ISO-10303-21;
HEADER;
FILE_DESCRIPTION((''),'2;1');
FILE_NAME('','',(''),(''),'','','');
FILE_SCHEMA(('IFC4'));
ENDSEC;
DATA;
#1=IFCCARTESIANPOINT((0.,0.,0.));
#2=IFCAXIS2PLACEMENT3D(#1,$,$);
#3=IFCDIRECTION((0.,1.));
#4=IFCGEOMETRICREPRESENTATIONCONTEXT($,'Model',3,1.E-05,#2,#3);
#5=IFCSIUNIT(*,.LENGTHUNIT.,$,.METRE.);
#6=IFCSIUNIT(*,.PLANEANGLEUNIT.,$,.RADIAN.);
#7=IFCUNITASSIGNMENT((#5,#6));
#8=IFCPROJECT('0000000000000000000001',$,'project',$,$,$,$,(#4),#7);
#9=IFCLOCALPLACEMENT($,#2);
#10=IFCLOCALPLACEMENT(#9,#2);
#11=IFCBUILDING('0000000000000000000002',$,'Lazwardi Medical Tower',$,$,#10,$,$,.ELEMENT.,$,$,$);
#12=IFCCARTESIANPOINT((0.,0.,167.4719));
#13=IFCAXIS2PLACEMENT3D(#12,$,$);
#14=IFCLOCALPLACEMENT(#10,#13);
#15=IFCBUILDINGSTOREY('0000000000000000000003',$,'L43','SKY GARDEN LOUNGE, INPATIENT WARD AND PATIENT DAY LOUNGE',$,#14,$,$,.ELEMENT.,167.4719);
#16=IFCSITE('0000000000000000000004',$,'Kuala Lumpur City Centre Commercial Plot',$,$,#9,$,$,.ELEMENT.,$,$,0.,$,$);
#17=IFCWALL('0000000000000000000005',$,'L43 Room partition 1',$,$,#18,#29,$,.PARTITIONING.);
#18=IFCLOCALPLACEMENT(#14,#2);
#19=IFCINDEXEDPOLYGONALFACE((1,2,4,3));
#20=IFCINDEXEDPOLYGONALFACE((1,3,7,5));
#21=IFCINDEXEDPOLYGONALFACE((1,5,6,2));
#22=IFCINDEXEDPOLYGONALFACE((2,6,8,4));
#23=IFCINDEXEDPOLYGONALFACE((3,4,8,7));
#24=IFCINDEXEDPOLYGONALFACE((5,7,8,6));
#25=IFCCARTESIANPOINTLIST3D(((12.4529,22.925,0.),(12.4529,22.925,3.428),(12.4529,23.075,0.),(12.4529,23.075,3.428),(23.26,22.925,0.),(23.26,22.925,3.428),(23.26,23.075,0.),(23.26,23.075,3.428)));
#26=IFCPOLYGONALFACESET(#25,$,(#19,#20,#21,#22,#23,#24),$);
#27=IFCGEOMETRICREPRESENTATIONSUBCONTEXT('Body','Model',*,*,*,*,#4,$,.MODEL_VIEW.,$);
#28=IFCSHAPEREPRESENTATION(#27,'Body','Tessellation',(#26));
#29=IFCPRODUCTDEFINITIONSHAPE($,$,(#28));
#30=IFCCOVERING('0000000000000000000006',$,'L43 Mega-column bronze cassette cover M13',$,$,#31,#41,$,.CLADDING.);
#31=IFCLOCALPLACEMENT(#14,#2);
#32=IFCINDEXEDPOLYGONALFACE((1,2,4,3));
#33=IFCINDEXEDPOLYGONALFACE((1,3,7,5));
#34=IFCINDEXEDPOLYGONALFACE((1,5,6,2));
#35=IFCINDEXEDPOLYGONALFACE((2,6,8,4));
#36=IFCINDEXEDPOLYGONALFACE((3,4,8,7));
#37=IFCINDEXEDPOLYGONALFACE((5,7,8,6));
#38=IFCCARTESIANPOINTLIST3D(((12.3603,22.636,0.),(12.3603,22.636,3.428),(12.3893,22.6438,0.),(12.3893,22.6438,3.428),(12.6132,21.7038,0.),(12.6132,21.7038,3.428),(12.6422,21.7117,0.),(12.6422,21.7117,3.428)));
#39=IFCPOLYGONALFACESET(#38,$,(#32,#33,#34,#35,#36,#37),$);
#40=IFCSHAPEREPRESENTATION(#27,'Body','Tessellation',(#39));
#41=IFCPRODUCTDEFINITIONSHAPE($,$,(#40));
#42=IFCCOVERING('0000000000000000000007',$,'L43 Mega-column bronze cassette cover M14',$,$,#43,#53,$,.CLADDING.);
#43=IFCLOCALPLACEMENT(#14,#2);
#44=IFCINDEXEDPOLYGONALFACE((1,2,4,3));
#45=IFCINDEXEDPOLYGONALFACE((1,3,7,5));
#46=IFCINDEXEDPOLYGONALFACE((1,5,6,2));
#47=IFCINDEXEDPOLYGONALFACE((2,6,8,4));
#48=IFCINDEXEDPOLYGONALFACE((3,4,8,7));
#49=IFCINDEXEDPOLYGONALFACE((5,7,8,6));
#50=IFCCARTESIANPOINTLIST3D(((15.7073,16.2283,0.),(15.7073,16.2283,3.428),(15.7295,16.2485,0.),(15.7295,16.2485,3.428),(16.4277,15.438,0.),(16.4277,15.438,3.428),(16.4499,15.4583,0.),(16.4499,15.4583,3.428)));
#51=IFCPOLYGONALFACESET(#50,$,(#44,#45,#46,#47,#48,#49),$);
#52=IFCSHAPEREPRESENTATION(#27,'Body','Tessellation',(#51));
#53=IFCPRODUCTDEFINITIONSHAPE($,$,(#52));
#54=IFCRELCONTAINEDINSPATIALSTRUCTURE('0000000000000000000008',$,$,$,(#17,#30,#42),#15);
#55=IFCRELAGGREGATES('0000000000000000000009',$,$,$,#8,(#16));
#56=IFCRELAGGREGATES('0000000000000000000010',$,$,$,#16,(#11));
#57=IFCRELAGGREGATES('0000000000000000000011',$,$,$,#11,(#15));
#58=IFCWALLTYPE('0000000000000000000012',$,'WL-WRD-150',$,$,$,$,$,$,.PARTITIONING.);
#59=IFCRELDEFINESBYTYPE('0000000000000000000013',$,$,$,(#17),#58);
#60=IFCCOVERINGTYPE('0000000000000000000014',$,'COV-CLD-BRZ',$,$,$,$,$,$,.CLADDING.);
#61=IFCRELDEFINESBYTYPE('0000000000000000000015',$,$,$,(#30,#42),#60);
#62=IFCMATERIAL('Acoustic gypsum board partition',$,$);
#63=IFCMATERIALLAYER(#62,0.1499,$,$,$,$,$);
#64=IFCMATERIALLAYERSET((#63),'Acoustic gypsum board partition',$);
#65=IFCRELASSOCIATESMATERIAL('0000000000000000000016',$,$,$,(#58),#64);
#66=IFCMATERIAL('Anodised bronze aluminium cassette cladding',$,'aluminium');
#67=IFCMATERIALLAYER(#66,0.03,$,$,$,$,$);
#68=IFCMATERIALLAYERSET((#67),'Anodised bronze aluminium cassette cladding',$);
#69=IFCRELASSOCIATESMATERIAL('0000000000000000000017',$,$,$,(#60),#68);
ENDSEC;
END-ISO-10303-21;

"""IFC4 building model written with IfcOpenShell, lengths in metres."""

from ifc_helpers import new_model, si_unit, direction, frame, frame_2d, origin, origin_2d, place, context, subcontext, project, spatial, rectangle, extrude, material, layer, layer_set, type_object, element, save


model = new_model("IFC4")

# Units and contexts
model_context = context("Model", 3, precision=1e-05, world=origin(), true_north=direction((0.0, 1.0)))
body_context = subcontext(model_context, "Body", "Model", "MODEL_VIEW")
ifc_project = project(units=[si_unit("LENGTHUNIT", "METRE"), si_unit("PLANEANGLEUNIT", "RADIAN")], contexts=[model_context])

# Site, building, storey
site_placement = place(None, origin())
site = spatial("IfcSite", under=ifc_project, at=site_placement, Name="Kuala Lumpur City Centre Commercial Plot", CompositionType="ELEMENT", RefElevation=0.0)
building_placement = place(site_placement, origin())
building = spatial("IfcBuilding", under=site, at=building_placement, Name="Lazwardi Medical Tower", CompositionType="ELEMENT")
storey_placement = place(building_placement, frame((0.0, 0.0, 167.4719)))
storey = spatial("IfcBuildingStorey", under=building, at=storey_placement, Name="L43", Description="SKY GARDEN LOUNGE, INPATIENT WARD AND PATIENT DAY LOUNGE", CompositionType="ELEMENT", Elevation=167.4719)

# Wall
ifc_material_1 = material(Name="Acoustic gypsum board partition")
ifc_layer_1 = layer(ifc_material_1, 0.1499)
ifc_layer_set_1 = layer_set([ifc_layer_1], Name="Acoustic gypsum board partition")
wall_type = type_object("IfcWallType", Name="WL-WRD-150", PredefinedType="PARTITIONING", material=ifc_layer_set_1)
wall_placement = place(storey_placement, frame((12.4529, 23.0, 0.0), z_axis=(0.0, 0.0, 1.0), x_axis=(1.0, 0.0, 0.0)))
element("IfcWall", 1, at=wall_placement, inside=storey, type_object=wall_type, Name="L43 Room partition 1", PredefinedType="PARTITIONING", context=body_context, shape_type="SweptSolid", body=[
    extrude(rectangle(XDim=10.8071, YDim=0.1499, at=frame_2d((5.4036, 0.0))), origin(), (0.0, 0.0, 1.0), 3.428),
])

# Coverings
ifc_material_2 = material(Name="Anodised bronze aluminium cassette cladding", Category="aluminium")
ifc_layer_2 = layer(ifc_material_2, 0.03)
ifc_layer_set_2 = layer_set([ifc_layer_2], Name="Anodised bronze aluminium cassette cladding")
covering_type = type_object("IfcCoveringType", Name="COV-CLD-BRZ", PredefinedType="CLADDING", material=ifc_layer_set_2)
covering_1_placement = place(storey_placement, frame((12.5012, 22.1738, 0.0), z_axis=(0.0, 0.0, 1.0), x_axis=(0.261829, -0.965114, 0.0)))
element("IfcCovering", 2, at=covering_1_placement, inside=storey, type_object=covering_type, Name="L43 Mega-column bronze cassette cover M13", PredefinedType="CLADDING", context=body_context, shape_type="SweptSolid", body=[
    extrude(rectangle(XDim=0.9658, YDim=0.03, at=origin_2d()), origin(), (0.0, 0.0, 1.0), 3.428),
])
covering_2_placement = place(storey_placement, frame((16.0786, 15.8433, 0.0), z_axis=(0.0, 0.0, 1.0), x_axis=(0.673714, -0.738992, 0.0)))
element("IfcCovering", 3, at=covering_2_placement, inside=storey, type_object=covering_type, Name="L43 Mega-column bronze cassette cover M14", PredefinedType="CLADDING", context=body_context, shape_type="SweptSolid", body=[
    extrude(rectangle(XDim=1.0693, YDim=0.03, at=origin_2d()), origin(), (0.0, 0.0, 1.0), 3.428),
])

save(model, "model.ifc")
